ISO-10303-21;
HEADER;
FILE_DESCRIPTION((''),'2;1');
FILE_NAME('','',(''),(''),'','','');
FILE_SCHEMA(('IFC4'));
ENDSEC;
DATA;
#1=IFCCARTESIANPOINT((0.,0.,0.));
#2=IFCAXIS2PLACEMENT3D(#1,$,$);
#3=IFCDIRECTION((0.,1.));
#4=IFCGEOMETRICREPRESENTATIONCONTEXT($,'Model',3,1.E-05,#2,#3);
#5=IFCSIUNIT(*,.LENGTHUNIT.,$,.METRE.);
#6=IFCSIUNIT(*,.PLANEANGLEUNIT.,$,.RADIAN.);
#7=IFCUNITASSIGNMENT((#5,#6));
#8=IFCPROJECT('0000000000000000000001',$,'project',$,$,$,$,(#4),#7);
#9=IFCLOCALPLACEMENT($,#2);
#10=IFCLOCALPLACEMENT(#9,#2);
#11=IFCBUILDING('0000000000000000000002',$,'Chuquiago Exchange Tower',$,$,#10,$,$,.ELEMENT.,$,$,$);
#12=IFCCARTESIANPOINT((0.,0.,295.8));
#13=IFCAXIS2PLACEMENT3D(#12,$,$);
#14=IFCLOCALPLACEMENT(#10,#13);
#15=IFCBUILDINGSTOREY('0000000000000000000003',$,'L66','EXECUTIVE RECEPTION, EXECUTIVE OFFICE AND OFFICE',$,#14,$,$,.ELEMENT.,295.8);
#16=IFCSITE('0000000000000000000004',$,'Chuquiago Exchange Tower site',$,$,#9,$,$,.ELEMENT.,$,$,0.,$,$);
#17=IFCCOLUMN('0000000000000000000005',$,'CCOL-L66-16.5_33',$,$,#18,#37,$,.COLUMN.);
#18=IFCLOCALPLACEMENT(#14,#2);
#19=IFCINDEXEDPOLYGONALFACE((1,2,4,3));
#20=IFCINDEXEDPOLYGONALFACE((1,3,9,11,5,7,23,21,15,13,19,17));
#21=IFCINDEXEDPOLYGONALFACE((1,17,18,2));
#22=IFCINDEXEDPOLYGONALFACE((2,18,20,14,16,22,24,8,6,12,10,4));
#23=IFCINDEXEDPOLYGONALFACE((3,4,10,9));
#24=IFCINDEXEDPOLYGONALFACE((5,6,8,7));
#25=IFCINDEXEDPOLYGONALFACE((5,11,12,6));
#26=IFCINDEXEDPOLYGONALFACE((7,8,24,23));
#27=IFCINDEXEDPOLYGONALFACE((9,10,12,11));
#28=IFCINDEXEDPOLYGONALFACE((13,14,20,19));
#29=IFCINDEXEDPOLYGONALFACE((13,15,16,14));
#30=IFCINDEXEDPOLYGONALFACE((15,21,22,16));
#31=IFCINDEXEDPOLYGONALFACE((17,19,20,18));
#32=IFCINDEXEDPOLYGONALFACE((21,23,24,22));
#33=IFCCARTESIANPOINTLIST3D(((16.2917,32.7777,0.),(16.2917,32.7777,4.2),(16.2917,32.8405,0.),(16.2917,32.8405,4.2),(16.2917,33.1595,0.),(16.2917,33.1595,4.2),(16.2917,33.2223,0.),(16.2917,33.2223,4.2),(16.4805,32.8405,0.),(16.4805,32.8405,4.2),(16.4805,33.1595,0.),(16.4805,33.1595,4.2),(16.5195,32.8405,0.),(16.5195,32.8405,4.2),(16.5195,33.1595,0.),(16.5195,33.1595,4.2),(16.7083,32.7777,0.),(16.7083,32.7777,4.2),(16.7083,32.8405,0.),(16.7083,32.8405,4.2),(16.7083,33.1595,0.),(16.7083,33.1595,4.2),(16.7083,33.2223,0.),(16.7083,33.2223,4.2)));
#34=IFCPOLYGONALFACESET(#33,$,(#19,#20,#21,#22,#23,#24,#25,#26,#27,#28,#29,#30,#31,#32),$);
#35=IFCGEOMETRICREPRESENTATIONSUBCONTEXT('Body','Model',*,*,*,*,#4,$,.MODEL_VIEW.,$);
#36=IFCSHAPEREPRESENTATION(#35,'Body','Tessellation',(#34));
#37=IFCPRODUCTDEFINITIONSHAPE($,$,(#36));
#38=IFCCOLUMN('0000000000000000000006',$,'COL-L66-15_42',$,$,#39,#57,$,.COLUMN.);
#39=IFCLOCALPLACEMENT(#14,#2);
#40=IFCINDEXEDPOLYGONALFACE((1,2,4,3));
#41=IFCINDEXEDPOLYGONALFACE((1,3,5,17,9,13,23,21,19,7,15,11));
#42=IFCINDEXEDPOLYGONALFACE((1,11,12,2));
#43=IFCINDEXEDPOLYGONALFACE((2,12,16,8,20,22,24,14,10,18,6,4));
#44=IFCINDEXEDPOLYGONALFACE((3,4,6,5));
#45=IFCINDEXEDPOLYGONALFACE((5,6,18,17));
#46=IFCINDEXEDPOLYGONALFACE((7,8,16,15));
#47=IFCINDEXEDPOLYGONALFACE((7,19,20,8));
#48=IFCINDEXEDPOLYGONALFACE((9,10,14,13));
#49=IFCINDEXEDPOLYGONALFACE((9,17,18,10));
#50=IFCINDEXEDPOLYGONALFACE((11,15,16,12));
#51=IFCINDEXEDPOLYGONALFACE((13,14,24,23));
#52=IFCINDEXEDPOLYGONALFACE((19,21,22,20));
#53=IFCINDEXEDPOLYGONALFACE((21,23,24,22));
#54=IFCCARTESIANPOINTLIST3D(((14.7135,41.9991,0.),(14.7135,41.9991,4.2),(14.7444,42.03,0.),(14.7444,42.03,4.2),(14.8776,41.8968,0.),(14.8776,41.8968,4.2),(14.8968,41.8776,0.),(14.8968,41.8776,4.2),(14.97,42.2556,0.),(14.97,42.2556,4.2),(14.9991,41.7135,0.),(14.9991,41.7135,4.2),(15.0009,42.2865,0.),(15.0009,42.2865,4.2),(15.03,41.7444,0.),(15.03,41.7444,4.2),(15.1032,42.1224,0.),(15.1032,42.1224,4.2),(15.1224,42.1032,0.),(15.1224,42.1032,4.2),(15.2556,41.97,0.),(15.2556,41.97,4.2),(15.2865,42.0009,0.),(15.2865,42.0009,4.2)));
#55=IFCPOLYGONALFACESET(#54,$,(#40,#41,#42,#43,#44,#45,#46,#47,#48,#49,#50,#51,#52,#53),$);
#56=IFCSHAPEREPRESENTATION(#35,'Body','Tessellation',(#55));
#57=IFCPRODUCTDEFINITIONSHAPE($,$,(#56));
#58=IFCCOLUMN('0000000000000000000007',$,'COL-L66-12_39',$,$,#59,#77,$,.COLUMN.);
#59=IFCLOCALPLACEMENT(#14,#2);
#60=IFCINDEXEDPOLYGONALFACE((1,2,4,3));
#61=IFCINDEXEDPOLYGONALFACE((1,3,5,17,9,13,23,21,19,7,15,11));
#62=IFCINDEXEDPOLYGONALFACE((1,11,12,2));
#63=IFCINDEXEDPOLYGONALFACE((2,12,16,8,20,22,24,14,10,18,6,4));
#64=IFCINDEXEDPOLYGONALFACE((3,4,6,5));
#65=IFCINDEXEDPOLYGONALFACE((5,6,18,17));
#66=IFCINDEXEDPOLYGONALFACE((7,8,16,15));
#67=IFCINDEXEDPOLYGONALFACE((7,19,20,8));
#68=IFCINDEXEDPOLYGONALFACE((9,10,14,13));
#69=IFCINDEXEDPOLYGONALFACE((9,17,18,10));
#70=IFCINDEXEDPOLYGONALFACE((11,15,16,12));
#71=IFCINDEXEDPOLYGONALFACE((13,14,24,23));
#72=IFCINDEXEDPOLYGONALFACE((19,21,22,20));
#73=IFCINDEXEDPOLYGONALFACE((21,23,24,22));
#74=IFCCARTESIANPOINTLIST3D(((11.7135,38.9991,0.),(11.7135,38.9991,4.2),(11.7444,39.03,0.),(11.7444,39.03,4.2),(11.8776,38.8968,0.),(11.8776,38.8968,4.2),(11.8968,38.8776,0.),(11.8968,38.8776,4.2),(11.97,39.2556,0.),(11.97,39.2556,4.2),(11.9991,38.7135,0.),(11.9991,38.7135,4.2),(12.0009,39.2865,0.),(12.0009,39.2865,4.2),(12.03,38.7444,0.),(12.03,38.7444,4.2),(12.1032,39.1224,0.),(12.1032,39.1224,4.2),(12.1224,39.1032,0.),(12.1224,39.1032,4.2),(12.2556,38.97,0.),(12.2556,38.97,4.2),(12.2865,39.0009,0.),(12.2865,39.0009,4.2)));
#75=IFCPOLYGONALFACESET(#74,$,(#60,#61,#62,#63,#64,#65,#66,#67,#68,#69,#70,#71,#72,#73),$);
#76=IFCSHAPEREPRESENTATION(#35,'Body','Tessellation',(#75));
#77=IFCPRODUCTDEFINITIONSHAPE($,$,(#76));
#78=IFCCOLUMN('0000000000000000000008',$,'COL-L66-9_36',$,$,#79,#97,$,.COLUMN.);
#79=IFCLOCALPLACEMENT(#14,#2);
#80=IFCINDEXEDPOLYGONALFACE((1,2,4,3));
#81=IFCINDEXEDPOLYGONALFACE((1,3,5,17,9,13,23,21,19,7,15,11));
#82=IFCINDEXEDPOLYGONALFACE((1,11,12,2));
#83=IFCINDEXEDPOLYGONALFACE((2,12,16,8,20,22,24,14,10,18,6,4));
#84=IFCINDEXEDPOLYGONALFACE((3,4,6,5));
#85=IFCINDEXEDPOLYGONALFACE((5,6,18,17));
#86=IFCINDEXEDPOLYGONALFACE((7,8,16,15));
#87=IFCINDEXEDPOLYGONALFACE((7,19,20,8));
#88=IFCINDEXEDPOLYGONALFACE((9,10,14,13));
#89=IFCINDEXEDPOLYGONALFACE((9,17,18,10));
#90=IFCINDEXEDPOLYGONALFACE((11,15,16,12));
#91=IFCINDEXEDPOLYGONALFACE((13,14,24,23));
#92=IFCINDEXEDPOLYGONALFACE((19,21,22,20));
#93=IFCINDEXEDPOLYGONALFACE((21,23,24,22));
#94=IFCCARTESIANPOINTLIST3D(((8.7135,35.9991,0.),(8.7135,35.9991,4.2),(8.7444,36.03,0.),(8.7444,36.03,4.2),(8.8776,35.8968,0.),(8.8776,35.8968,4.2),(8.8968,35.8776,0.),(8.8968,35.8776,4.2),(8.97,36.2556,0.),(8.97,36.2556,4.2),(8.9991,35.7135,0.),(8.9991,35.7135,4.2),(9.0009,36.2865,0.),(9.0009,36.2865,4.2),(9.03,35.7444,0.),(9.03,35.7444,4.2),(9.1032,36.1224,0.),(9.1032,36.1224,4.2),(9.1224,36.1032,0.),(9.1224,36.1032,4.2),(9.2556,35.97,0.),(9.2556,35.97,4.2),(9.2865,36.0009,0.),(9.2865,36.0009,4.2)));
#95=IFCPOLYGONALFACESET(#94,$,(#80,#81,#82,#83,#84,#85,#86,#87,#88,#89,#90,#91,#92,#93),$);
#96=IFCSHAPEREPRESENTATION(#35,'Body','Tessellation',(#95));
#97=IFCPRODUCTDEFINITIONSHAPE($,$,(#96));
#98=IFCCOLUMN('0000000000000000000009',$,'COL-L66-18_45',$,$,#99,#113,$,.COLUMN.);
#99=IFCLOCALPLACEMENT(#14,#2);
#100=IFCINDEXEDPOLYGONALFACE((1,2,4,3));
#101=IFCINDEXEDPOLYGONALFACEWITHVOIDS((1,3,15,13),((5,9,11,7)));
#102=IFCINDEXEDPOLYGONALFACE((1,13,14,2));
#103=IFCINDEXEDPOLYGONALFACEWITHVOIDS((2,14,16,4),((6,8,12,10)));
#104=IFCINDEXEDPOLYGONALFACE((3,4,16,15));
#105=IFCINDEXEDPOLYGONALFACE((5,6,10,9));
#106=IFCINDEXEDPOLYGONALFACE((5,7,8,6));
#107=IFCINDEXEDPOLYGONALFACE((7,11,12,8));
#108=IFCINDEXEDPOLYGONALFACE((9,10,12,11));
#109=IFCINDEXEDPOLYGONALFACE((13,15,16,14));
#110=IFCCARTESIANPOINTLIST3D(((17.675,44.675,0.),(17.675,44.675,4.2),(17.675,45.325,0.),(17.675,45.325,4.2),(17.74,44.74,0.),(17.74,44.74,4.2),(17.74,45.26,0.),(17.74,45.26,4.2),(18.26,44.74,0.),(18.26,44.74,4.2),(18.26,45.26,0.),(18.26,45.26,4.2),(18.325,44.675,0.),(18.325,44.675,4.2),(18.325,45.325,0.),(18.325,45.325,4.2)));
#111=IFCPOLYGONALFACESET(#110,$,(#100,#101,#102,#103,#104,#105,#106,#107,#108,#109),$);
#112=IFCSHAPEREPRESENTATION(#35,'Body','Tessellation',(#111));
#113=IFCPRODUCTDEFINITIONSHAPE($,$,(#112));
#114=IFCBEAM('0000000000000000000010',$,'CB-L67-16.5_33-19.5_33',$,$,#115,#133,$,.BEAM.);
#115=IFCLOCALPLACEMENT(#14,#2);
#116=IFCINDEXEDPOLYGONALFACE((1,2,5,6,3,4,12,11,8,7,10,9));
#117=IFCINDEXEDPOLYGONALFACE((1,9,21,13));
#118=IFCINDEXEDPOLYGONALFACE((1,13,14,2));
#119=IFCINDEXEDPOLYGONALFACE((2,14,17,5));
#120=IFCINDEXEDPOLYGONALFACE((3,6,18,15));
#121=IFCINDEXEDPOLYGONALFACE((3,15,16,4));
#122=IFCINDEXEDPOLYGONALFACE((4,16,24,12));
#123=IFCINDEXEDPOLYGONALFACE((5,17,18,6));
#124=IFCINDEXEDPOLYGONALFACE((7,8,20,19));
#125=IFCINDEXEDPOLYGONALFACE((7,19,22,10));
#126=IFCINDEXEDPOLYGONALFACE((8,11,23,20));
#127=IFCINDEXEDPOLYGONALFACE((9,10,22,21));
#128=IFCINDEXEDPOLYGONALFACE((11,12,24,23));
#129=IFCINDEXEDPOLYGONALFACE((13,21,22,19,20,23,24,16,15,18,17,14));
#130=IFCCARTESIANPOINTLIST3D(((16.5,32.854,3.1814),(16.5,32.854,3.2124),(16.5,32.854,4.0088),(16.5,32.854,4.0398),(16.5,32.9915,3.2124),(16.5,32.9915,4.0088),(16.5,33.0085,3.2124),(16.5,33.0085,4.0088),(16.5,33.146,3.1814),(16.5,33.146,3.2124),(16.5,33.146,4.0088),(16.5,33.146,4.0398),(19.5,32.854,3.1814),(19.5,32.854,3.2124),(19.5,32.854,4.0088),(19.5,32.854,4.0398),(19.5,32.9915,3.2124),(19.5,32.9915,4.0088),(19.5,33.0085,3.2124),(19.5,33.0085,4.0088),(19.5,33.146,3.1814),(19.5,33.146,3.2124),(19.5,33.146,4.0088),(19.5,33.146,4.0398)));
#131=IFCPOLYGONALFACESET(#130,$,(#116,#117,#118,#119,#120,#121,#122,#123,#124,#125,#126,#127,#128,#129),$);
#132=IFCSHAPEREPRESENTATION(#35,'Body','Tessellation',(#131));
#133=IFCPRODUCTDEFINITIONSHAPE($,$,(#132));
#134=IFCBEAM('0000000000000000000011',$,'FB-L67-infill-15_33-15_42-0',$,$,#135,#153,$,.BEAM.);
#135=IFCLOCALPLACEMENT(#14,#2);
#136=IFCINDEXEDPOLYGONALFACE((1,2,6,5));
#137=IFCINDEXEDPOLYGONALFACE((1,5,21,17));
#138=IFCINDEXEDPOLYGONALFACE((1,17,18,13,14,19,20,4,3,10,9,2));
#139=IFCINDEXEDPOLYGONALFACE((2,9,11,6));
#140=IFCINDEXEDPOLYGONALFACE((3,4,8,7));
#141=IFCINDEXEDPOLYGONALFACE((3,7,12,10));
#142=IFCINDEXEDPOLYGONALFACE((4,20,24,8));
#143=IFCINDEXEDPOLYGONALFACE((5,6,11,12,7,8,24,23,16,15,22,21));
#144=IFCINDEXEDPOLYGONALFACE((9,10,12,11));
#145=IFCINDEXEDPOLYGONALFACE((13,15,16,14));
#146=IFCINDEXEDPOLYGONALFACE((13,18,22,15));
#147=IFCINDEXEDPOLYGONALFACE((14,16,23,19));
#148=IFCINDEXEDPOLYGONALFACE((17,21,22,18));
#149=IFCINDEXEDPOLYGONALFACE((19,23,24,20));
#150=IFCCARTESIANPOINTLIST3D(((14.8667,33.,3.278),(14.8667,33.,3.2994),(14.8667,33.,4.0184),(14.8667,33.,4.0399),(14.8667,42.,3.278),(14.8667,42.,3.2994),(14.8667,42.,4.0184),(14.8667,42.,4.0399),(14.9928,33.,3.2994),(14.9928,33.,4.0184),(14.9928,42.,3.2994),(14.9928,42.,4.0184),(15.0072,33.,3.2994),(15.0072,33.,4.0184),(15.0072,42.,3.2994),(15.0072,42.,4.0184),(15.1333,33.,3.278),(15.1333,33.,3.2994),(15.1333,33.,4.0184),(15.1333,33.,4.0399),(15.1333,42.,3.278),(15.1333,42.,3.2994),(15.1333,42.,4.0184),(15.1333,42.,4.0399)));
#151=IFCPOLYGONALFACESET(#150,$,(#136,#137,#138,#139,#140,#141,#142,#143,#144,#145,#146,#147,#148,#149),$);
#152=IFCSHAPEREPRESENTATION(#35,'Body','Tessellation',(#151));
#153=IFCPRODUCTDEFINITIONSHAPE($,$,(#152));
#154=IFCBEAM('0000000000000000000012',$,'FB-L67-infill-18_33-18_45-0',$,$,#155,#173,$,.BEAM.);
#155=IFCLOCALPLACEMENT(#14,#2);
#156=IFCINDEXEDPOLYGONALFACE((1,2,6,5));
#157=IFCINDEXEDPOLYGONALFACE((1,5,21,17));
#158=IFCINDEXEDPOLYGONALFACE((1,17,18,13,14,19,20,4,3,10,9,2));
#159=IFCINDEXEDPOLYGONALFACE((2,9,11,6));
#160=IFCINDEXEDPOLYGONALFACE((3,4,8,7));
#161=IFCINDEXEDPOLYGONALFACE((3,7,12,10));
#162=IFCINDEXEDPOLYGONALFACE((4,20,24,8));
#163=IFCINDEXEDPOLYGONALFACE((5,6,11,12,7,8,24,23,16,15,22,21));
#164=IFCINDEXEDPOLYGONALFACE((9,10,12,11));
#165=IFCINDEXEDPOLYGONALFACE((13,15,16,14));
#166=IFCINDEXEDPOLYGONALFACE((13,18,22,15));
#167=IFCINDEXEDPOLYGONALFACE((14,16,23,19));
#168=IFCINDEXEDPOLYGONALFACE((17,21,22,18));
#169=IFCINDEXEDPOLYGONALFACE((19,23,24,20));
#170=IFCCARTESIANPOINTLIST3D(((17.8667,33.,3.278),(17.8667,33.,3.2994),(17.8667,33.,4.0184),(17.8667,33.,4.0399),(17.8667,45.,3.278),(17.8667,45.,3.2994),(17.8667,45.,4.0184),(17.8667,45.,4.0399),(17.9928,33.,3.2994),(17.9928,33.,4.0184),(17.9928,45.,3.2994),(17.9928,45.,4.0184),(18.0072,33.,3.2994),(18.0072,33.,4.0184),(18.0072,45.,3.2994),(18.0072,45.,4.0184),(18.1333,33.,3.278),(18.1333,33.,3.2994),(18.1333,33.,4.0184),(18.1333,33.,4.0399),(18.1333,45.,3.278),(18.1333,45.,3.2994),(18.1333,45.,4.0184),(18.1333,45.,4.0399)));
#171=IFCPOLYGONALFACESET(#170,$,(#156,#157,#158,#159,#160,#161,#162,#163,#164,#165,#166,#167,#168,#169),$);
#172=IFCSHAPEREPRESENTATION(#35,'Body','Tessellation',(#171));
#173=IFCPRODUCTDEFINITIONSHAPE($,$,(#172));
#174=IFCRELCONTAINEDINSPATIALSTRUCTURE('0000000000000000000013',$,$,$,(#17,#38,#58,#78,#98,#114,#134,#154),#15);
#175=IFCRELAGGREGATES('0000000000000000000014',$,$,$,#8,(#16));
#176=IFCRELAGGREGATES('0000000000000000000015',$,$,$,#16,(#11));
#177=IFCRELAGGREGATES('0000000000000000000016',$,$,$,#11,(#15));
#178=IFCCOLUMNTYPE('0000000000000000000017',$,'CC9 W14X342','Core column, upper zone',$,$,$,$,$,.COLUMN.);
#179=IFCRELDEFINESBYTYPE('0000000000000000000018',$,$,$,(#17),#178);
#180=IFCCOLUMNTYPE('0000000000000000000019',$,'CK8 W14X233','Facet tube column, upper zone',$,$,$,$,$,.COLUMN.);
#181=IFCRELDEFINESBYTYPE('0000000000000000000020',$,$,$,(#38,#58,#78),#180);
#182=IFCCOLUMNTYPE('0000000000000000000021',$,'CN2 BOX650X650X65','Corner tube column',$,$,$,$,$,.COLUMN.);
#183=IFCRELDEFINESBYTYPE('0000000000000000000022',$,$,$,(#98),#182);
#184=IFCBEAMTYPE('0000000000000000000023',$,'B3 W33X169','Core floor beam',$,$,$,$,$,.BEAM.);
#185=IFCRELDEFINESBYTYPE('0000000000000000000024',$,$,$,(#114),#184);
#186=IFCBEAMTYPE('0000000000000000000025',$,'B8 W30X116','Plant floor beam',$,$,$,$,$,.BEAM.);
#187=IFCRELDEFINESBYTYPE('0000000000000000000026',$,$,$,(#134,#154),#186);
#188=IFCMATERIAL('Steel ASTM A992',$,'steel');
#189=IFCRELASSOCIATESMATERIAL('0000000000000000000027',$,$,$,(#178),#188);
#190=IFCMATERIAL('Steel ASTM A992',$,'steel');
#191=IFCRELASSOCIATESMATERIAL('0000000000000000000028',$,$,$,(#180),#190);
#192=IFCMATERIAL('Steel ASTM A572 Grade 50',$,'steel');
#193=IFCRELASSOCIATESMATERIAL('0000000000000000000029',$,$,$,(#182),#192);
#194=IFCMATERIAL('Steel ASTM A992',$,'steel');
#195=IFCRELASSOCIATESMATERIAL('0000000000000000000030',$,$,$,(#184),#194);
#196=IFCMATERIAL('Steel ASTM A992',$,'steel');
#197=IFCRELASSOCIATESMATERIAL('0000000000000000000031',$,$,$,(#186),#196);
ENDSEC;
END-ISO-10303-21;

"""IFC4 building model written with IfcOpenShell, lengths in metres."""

from ifc_helpers import new_model, si_unit, direction, frame, origin, origin_2d, place, context, subcontext, project, spatial, hollow_rectangle, i_section, extrude, material, material_profile, profile_set, type_object, element, save


model = new_model("IFC4")

# Units and contexts
model_context = context("Model", 3, precision=1e-05, world=origin(), true_north=direction((0.0, 1.0)))
body_context = subcontext(model_context, "Body", "Model", "MODEL_VIEW")
ifc_project = project(units=[si_unit("LENGTHUNIT", "METRE"), si_unit("PLANEANGLEUNIT", "RADIAN")], contexts=[model_context])

# Site, building, storey
site_placement = place(None, origin())
site = spatial("IfcSite", under=ifc_project, at=site_placement, Name="Chuquiago Exchange Tower site", CompositionType="ELEMENT", RefElevation=0.0)
building_placement = place(site_placement, origin())
building = spatial("IfcBuilding", under=site, at=building_placement, Name="Chuquiago Exchange Tower", CompositionType="ELEMENT")
storey_placement = place(building_placement, frame((0.0, 0.0, 295.8)))
storey = spatial("IfcBuildingStorey", under=building, at=storey_placement, Name="L66", Description="EXECUTIVE RECEPTION, EXECUTIVE OFFICE AND OFFICE", CompositionType="ELEMENT", Elevation=295.8)

# Columns
ifc_material_1 = material(Name="Steel ASTM A992", Category="steel")
ifc_material_profile_1 = material_profile(ifc_material_1, i_section(OverallWidth=0.4165, OverallDepth=0.4446, WebThickness=0.0391, FlangeThickness=0.0627, at=origin_2d()), Name="W14X342")
ifc_profile_set_1 = profile_set([ifc_material_profile_1], Name="Steel ASTM A992")
column_type_1 = type_object("IfcColumnType", Name="CC9 W14X342", Description="Core column, upper zone", PredefinedType="COLUMN", material=ifc_profile_set_1)
column_1_placement = place(storey_placement, frame((16.5, 33.0, 0.0), z_axis=(0.0, 0.0, 1.0), x_axis=(1.0, 0.0, 0.0)))
element("IfcColumn", 1, at=column_1_placement, inside=storey, type_object=column_type_1, Name="CCOL-L66-16.5_33", PredefinedType="COLUMN", context=body_context, shape_type="SweptSolid", body=[
    extrude(i_section(OverallWidth=0.4165, OverallDepth=0.4446, WebThickness=0.0391, FlangeThickness=0.0627, at=origin_2d()), origin(), (0.0, 0.0, 1.0), 4.2),
])
ifc_material_2 = material(Name="Steel ASTM A992", Category="steel")
ifc_material_profile_2 = material_profile(ifc_material_2, i_section(OverallWidth=0.4038, OverallDepth=0.4065, WebThickness=0.0271, FlangeThickness=0.0437, at=origin_2d()), Name="W14X233")
ifc_profile_set_2 = profile_set([ifc_material_profile_2], Name="Steel ASTM A992")
column_type_2 = type_object("IfcColumnType", Name="CK8 W14X233", Description="Facet tube column, upper zone", PredefinedType="COLUMN", material=ifc_profile_set_2)
for number, where, z_axis, x_axis, name in (
    (2, (15.0, 42.0, 0.0), (0.0, 0.0, 1.0), (-0.707107, 0.707107, 0.0), "COL-L66-15_42"),
    (3, (12.0, 39.0, 0.0), (0.0, 0.0, 1.0), (-0.707107, 0.707107, 0.0), "COL-L66-12_39"),
    (4, (9.0, 36.0, 0.0), (0.0, 0.0, 1.0), (-0.707107, 0.707107, 0.0), "COL-L66-9_36"),
):
    element("IfcColumn", number, at=place(storey_placement, frame(where, z_axis=z_axis, x_axis=x_axis)), inside=storey, type_object=column_type_2, Name=name, PredefinedType="COLUMN", context=body_context, shape_type="SweptSolid", body=[
        extrude(i_section(OverallWidth=0.4038, OverallDepth=0.4065, WebThickness=0.0271, FlangeThickness=0.0437, at=origin_2d()), origin(), (0.0, 0.0, 1.0), 4.2),
    ])
ifc_material_3 = material(Name="Steel ASTM A572 Grade 50", Category="steel")
ifc_material_profile_3 = material_profile(ifc_material_3, hollow_rectangle(XDim=0.6499, YDim=0.6499, WallThickness=0.0649, at=origin_2d()), Name="BOX650X650X65")
ifc_profile_set_3 = profile_set([ifc_material_profile_3], Name="Steel ASTM A572 Grade 50")
column_type_3 = type_object("IfcColumnType", Name="CN2 BOX650X650X65", Description="Corner tube column", PredefinedType="COLUMN", material=ifc_profile_set_3)
column_2_placement = place(storey_placement, frame((18.0, 45.0, 0.0), z_axis=(0.0, 0.0, 1.0), x_axis=(0.0, 1.0, 0.0)))
element("IfcColumn", 5, at=column_2_placement, inside=storey, type_object=column_type_3, Name="COL-L66-18_45", PredefinedType="COLUMN", context=body_context, shape_type="SweptSolid", body=[
    extrude(hollow_rectangle(XDim=0.6499, YDim=0.6499, WallThickness=0.0649, at=origin_2d()), origin(), (0.0, 0.0, 1.0), 4.2),
])

# Beams
ifc_material_4 = material(Name="Steel ASTM A992", Category="steel")
ifc_material_profile_4 = material_profile(ifc_material_4, i_section(OverallWidth=0.292, OverallDepth=0.8584, WebThickness=0.0171, FlangeThickness=0.031, at=origin_2d()), Name="W33X169")
ifc_profile_set_4 = profile_set([ifc_material_profile_4], Name="Steel ASTM A992")
beam_type_1 = type_object("IfcBeamType", Name="B3 W33X169", Description="Core floor beam", PredefinedType="BEAM", material=ifc_profile_set_4)
beam_1_placement = place(storey_placement, frame((16.5, 33.0, 3.6106), z_axis=(1.0, 0.0, 0.0), x_axis=(0.0, 1.0, 0.0)))
element("IfcBeam", 6, at=beam_1_placement, inside=storey, type_object=beam_type_1, Name="CB-L67-16.5_33-19.5_33", PredefinedType="BEAM", context=body_context, shape_type="SweptSolid", body=[
    extrude(i_section(OverallWidth=0.292, OverallDepth=0.8584, WebThickness=0.0171, FlangeThickness=0.031, at=origin_2d()), origin(), (0.0, 0.0, 1.0), 3.0),
])
ifc_material_5 = material(Name="Steel ASTM A992", Category="steel")
ifc_material_profile_5 = material_profile(ifc_material_5, i_section(OverallWidth=0.2666, OverallDepth=0.762, WebThickness=0.0144, FlangeThickness=0.0215, at=origin_2d()), Name="W30X116")
ifc_profile_set_5 = profile_set([ifc_material_profile_5], Name="Steel ASTM A992")
beam_type_2 = type_object("IfcBeamType", Name="B8 W30X116", Description="Plant floor beam", PredefinedType="BEAM", material=ifc_profile_set_5)
beam_2_placement = place(storey_placement, frame((15.0, 33.0, 3.6589), z_axis=(0.0, 1.0, 0.0), x_axis=(-1.0, 0.0, 0.0)))
element("IfcBeam", 7, at=beam_2_placement, inside=storey, type_object=beam_type_2, Name="FB-L67-infill-15_33-15_42-0", PredefinedType="BEAM", context=body_context, shape_type="SweptSolid", body=[
    extrude(i_section(OverallWidth=0.2666, OverallDepth=0.762, WebThickness=0.0144, FlangeThickness=0.0215, at=origin_2d()), origin(), (0.0, 0.0, 1.0), 9.0),
])
beam_3_placement = place(storey_placement, frame((18.0, 33.0, 3.6589), z_axis=(0.0, 1.0, 0.0), x_axis=(-1.0, 0.0, 0.0)))
element("IfcBeam", 8, at=beam_3_placement, inside=storey, type_object=beam_type_2, Name="FB-L67-infill-18_33-18_45-0", PredefinedType="BEAM", context=body_context, shape_type="SweptSolid", body=[
    extrude(i_section(OverallWidth=0.2666, OverallDepth=0.762, WebThickness=0.0144, FlangeThickness=0.0215, at=origin_2d()), origin(), (0.0, 0.0, 1.0), 12.0),
])

save(model, "model.ifc")
